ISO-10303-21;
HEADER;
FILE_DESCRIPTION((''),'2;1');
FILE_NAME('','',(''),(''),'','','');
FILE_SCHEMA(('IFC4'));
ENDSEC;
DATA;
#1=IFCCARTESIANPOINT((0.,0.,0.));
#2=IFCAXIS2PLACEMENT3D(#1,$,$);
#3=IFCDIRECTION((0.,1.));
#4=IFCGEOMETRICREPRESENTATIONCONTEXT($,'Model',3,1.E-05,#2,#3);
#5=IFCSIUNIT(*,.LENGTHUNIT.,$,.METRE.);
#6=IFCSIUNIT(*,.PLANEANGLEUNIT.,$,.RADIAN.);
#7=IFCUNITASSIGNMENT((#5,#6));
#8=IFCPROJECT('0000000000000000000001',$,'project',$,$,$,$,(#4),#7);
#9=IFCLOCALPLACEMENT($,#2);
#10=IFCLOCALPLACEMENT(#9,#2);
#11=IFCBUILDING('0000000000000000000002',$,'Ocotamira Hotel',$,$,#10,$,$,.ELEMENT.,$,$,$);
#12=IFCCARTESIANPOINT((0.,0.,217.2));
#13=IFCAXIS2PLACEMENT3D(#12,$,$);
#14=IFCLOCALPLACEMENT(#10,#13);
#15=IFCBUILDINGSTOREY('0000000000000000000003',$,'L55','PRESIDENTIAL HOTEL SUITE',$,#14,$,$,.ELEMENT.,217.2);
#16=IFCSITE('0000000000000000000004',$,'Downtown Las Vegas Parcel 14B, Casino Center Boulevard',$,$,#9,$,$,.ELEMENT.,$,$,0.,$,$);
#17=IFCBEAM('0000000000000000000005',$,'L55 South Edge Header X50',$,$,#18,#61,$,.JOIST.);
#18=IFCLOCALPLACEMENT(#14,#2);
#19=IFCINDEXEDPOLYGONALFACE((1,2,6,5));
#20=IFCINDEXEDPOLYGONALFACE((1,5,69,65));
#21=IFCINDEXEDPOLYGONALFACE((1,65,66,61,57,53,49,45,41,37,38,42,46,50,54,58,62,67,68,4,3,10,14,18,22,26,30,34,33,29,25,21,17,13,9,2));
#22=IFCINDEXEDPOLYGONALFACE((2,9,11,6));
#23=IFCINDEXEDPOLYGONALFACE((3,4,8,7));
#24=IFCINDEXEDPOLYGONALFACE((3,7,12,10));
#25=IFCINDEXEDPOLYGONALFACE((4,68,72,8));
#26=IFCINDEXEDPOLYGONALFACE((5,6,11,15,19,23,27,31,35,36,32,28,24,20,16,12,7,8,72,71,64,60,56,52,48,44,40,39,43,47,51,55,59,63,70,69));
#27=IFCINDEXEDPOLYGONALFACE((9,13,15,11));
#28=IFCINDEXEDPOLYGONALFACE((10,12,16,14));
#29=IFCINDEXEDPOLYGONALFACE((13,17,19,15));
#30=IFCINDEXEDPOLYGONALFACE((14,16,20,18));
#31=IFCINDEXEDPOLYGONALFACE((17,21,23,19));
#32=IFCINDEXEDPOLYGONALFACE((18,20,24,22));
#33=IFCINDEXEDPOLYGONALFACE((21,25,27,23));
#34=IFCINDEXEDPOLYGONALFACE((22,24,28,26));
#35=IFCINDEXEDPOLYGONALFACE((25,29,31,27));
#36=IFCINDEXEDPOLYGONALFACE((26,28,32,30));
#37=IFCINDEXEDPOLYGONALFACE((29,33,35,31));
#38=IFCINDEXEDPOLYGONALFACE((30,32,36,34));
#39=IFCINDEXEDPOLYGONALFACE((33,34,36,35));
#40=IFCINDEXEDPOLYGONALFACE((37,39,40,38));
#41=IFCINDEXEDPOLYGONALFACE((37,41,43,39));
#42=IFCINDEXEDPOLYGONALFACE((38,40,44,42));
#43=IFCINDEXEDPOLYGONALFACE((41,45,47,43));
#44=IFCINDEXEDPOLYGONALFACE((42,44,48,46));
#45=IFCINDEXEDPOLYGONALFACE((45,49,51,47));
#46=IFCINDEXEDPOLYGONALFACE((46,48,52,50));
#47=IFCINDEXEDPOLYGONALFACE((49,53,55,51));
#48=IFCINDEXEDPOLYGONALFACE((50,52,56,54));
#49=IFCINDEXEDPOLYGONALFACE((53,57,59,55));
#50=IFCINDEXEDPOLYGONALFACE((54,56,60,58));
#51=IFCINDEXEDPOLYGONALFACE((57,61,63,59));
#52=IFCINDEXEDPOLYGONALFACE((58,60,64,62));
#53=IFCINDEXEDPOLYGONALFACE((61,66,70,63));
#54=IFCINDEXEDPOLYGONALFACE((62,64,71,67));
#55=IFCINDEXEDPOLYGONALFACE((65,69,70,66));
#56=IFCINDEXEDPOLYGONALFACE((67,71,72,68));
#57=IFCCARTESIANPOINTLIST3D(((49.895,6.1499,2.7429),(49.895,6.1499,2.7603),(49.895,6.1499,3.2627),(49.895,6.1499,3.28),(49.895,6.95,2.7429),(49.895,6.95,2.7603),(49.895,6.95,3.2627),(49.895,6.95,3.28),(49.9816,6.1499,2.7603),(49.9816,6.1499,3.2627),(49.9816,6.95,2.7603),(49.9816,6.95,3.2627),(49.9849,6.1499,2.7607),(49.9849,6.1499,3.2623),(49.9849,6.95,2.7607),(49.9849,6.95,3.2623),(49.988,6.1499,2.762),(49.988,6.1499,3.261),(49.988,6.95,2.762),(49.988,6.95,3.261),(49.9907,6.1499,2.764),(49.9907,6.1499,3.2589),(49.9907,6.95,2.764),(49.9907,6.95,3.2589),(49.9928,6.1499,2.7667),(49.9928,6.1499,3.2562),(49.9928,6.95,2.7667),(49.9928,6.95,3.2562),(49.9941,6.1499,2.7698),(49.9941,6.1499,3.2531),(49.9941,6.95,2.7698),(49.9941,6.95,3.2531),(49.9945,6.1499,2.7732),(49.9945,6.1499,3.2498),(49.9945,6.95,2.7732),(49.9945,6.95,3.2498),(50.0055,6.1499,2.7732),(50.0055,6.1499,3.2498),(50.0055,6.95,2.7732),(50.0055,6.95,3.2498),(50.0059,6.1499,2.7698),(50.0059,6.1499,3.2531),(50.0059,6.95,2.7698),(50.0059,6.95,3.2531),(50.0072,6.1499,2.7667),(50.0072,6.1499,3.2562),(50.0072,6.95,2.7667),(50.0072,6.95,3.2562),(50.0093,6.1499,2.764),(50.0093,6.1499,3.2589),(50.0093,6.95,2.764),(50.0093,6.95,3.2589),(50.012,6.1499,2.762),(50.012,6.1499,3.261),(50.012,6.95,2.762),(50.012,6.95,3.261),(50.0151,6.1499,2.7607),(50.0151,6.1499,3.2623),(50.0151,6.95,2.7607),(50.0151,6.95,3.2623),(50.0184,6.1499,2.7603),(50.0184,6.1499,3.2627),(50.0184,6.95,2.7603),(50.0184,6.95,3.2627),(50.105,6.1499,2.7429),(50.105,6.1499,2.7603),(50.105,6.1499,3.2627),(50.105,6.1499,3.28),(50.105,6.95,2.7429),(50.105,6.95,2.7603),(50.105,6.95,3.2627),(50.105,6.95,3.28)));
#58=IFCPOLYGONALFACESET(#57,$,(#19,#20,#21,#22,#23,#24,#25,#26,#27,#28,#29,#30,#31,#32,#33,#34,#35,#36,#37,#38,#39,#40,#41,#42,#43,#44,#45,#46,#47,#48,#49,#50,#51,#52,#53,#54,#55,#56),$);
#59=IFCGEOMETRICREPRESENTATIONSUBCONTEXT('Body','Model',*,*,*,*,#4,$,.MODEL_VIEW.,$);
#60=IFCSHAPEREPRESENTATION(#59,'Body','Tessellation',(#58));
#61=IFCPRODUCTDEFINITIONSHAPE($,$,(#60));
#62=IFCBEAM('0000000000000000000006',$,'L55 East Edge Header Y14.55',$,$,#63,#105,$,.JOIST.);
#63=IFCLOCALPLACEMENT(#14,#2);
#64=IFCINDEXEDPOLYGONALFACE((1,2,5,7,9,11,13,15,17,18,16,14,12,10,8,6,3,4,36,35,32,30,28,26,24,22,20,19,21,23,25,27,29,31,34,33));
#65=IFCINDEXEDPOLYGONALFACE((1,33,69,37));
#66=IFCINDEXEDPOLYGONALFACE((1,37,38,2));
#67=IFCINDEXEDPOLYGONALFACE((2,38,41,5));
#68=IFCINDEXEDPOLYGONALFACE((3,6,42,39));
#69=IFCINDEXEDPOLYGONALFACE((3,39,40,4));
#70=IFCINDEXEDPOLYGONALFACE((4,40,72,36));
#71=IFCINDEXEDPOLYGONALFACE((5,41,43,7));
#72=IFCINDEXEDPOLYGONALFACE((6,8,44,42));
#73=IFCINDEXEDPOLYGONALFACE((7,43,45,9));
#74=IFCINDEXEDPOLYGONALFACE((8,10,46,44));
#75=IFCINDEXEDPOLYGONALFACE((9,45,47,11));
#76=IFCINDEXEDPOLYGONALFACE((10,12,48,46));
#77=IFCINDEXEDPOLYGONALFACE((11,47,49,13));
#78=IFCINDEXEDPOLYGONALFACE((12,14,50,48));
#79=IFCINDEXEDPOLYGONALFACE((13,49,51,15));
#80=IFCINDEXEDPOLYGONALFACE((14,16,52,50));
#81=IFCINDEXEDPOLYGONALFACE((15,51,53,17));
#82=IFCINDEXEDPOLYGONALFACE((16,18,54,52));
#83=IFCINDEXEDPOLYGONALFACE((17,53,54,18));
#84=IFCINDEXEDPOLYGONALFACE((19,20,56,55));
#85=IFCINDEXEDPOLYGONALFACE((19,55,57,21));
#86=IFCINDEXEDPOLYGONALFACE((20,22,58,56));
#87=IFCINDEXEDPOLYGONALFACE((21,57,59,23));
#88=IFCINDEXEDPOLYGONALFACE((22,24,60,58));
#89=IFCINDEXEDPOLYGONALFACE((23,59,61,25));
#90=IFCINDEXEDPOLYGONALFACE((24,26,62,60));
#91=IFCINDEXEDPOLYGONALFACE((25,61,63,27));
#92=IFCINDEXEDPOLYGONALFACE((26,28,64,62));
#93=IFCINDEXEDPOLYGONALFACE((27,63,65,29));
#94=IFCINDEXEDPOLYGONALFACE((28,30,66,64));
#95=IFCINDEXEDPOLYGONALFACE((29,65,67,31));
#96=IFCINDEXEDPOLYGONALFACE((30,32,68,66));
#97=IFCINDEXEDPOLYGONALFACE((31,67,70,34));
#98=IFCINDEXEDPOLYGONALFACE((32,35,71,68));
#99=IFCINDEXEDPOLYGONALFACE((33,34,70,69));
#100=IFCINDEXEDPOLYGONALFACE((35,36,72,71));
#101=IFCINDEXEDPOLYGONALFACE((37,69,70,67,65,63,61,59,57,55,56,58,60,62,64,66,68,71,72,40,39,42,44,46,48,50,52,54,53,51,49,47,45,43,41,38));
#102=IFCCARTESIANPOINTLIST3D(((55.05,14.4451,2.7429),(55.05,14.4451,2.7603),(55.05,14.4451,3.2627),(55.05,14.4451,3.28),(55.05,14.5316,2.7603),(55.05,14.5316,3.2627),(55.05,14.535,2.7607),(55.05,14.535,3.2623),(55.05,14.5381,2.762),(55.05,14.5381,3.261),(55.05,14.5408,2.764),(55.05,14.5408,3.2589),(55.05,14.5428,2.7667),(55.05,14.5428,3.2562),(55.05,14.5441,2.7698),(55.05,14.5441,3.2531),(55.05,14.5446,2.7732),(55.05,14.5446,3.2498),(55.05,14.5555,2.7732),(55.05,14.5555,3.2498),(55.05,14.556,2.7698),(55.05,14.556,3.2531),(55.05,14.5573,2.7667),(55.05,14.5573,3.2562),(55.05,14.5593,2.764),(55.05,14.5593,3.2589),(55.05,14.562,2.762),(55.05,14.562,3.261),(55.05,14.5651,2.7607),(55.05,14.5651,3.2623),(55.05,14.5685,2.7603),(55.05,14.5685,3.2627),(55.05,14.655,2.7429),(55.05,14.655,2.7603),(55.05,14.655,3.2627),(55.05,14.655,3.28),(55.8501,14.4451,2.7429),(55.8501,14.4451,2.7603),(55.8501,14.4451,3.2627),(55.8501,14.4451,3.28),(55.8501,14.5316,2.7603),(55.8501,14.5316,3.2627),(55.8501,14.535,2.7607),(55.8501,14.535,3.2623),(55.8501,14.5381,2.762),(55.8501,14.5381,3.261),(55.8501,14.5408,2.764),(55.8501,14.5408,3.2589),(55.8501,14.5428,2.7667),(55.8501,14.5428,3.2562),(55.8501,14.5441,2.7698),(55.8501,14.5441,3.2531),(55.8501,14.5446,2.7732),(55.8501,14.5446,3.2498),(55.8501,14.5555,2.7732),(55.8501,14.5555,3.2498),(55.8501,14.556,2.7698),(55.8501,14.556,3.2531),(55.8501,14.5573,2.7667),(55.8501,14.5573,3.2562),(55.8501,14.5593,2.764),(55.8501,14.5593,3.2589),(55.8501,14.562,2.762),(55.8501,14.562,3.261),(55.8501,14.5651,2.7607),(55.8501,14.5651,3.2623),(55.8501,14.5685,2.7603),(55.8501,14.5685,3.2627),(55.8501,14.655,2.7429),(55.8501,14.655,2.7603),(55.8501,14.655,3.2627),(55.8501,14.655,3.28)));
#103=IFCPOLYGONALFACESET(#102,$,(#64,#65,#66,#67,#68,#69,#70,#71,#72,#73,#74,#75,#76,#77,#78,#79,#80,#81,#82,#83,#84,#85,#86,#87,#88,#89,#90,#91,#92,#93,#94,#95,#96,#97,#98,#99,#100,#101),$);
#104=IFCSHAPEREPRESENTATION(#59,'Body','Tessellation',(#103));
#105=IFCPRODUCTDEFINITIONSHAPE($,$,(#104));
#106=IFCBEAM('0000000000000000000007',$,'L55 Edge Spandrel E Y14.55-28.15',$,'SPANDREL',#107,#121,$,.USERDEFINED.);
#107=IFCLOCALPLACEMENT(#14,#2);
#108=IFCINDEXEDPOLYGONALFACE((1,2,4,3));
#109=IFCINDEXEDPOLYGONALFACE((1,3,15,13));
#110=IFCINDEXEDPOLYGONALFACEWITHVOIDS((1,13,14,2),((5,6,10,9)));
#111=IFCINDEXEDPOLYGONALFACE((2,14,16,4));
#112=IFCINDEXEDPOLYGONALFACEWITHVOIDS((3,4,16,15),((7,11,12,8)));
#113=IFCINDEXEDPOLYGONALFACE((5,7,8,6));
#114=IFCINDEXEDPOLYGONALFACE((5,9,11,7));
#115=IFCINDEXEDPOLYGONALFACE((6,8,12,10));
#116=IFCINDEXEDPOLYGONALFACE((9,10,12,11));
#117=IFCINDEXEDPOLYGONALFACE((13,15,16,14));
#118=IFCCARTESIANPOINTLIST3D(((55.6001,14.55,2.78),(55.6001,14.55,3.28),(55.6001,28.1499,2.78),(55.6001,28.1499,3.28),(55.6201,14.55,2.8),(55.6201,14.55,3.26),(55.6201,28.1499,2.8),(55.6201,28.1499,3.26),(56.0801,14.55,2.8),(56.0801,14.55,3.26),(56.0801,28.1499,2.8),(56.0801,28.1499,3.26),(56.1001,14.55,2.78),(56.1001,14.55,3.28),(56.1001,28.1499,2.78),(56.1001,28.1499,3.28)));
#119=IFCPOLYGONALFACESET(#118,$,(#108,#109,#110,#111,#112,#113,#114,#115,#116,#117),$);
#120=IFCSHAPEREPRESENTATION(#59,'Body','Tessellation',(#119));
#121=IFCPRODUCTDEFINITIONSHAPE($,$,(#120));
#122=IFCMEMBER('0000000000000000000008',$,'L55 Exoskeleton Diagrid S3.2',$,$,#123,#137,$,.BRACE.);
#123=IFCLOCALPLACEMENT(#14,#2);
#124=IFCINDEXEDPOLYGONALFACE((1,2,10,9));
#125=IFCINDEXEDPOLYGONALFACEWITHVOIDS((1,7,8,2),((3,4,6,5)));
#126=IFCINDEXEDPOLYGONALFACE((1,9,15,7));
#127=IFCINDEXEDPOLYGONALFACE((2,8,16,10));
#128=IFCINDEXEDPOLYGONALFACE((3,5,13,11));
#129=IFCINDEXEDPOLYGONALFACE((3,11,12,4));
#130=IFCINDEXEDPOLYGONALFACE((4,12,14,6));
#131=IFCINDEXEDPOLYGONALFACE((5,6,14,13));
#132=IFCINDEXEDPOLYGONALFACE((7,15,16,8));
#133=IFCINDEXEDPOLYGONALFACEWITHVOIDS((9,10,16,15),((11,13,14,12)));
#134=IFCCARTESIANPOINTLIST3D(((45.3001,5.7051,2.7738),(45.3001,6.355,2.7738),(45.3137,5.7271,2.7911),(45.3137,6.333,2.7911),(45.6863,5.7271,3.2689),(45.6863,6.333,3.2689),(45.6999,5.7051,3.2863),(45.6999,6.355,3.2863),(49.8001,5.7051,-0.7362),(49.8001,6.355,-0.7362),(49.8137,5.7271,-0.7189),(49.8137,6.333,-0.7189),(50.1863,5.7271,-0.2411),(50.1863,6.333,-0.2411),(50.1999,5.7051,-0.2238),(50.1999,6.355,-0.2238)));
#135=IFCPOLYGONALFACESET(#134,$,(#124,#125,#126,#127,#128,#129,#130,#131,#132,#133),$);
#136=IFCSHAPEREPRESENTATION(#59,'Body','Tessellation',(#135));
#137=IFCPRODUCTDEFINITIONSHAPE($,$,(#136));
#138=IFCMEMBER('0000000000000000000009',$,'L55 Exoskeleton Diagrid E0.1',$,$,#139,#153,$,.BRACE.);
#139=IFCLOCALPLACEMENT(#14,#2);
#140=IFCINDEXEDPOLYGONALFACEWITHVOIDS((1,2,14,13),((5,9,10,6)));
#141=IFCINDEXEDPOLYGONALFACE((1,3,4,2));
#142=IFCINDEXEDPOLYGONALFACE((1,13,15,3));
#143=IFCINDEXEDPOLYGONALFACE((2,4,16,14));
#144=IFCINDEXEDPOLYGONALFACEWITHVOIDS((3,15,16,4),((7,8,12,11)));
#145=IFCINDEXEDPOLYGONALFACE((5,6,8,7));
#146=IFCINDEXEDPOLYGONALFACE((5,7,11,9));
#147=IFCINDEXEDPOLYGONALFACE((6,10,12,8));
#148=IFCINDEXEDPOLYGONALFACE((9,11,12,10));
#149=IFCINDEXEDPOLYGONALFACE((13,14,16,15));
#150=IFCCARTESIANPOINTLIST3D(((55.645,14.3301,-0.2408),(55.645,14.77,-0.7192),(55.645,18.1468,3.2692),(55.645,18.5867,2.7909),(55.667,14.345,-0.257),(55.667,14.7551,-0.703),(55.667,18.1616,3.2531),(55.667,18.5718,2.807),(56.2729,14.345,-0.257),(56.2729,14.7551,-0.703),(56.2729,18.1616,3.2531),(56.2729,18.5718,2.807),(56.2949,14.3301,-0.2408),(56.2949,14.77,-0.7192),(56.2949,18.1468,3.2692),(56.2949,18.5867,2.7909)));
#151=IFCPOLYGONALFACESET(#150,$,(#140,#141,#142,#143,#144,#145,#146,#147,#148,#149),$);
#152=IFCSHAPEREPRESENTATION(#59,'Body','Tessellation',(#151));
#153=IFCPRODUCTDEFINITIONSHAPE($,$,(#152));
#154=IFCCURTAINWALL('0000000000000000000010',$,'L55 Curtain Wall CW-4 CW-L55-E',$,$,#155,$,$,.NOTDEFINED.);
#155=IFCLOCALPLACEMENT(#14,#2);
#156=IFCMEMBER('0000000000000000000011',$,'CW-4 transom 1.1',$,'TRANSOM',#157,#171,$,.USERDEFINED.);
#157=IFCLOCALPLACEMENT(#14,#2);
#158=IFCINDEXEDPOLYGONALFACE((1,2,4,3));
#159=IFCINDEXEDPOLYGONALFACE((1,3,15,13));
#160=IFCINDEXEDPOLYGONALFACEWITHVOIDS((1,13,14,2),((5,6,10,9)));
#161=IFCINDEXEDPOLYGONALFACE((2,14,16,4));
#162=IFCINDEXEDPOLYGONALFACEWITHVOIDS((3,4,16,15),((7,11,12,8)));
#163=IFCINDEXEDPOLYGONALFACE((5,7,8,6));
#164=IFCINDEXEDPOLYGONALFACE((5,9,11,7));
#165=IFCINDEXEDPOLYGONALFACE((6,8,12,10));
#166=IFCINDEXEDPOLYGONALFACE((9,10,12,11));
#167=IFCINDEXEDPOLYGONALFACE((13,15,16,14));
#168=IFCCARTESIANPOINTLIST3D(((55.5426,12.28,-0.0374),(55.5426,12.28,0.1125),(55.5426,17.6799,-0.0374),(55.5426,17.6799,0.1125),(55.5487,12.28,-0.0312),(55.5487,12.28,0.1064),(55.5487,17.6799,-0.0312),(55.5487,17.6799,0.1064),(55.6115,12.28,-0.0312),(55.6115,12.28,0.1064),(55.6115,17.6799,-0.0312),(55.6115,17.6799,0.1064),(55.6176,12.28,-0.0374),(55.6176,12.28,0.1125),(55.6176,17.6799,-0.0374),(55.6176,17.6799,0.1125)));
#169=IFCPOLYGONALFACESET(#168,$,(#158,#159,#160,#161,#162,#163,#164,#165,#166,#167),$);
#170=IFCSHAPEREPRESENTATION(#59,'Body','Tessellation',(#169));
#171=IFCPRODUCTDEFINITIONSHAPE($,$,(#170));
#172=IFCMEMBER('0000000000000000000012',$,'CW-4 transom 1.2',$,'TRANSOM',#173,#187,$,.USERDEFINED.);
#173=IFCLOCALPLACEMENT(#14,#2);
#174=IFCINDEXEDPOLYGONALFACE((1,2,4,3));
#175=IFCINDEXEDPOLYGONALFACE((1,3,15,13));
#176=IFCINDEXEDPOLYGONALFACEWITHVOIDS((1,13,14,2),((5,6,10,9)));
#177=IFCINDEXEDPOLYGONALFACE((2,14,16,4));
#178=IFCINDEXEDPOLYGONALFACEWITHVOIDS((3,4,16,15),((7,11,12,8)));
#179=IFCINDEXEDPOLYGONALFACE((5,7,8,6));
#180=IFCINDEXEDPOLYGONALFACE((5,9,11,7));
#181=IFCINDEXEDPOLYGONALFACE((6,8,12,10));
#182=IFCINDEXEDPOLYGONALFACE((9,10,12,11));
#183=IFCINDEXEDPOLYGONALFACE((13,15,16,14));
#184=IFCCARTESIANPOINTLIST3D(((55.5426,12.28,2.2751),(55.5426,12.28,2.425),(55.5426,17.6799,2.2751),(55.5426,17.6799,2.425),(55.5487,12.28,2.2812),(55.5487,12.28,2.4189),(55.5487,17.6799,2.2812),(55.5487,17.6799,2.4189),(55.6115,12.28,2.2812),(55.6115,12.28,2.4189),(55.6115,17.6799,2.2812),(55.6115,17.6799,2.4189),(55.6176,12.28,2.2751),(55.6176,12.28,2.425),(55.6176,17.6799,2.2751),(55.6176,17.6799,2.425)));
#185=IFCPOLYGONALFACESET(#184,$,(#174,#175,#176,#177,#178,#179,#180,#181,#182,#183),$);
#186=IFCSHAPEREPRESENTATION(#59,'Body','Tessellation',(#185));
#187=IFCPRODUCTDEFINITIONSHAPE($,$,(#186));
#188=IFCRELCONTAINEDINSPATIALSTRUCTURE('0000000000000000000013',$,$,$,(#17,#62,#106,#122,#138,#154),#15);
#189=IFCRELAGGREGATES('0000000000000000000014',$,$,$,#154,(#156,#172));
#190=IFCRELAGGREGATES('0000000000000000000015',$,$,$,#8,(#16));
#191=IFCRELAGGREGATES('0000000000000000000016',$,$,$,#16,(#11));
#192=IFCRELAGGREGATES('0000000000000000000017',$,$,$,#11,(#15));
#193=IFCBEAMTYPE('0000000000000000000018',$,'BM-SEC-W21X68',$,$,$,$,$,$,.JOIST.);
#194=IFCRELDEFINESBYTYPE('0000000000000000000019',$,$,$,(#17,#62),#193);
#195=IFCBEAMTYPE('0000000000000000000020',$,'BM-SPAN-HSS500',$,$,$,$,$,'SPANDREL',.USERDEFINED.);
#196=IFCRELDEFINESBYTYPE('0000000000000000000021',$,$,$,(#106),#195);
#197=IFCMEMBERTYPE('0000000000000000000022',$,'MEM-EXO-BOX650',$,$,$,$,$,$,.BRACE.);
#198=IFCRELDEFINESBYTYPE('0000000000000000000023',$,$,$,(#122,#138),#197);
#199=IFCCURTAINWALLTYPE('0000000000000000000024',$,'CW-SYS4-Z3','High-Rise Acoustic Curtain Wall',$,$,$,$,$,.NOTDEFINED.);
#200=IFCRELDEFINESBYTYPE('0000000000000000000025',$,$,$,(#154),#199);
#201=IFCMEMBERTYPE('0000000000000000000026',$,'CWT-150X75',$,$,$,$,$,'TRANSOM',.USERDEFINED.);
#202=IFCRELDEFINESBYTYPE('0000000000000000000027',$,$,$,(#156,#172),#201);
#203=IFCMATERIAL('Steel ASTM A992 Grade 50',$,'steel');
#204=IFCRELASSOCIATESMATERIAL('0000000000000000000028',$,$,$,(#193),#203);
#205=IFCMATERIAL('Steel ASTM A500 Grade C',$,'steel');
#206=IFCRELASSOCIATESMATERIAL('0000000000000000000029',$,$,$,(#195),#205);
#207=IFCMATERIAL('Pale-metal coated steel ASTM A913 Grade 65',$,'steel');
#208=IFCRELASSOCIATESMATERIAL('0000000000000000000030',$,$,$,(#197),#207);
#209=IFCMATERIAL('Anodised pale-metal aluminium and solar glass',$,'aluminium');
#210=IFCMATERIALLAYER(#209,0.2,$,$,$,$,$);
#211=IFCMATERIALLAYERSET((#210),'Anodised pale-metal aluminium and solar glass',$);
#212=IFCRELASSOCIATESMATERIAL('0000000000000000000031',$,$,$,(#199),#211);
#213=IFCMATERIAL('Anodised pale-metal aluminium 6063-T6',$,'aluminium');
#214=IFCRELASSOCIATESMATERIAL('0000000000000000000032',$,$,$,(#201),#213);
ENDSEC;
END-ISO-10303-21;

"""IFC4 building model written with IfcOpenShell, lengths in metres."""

from ifc_helpers import new_model, si_unit, direction, frame, origin, origin_2d, place, context, subcontext, project, spatial, hollow_rectangle, i_section, extrude, source, transform, mapped, material, layer, layer_set, material_profile, profile_set, type_object, element, aggregate, save


model = new_model("IFC4")

# Units and contexts
model_context = context("Model", 3, precision=1e-05, world=origin(), true_north=direction((0.0, 1.0)))
body_context = subcontext(model_context, "Body", "Model", "MODEL_VIEW")
ifc_project = project(units=[si_unit("LENGTHUNIT", "METRE"), si_unit("PLANEANGLEUNIT", "RADIAN")], contexts=[model_context])

# Site, building, storey
site_placement = place(None, origin())
site = spatial("IfcSite", under=ifc_project, at=site_placement, Name="Downtown Las Vegas Parcel 14B, Casino Center Boulevard", CompositionType="ELEMENT", RefElevation=0.0)
building_placement = place(site_placement, origin())
building = spatial("IfcBuilding", under=site, at=building_placement, Name="Ocotamira Hotel", CompositionType="ELEMENT")
storey_placement = place(building_placement, frame((0.0, 0.0, 217.2)))
storey = spatial("IfcBuildingStorey", under=building, at=storey_placement, Name="L55", Description="PRESIDENTIAL HOTEL SUITE", CompositionType="ELEMENT", Elevation=217.2)

# Beams
ifc_material_1 = material(Name="Steel ASTM A992 Grade 50", Category="steel")
ifc_material_profile_1 = material_profile(ifc_material_1, i_section(OverallWidth=0.21, OverallDepth=0.5371, WebThickness=0.011, FlangeThickness=0.0173, FilletRadius=0.0129, at=origin_2d()), Name="W21X68")
ifc_profile_set_1 = profile_set([ifc_material_profile_1], Name="Steel ASTM A992 Grade 50")
beam_type_1 = type_object("IfcBeamType", Name="BM-SEC-W21X68", PredefinedType="JOIST", material=ifc_profile_set_1)
shared_shape_1 = source(origin(), body_context, "Body", "SweptSolid", [
    extrude(i_section(OverallWidth=0.21, OverallDepth=0.5371, WebThickness=0.011, FlangeThickness=0.0173, FilletRadius=0.0129, at=origin_2d()), origin(), (0.0, 0.0, 1.0), 0.8),
])
for number, where, z_axis, x_axis, name in (
    (1, (50.0, 6.95, 3.0115), (0.0, -1.0, 0.0), (1.0, 0.0, 0.0), "L55 South Edge Header X50"),
    (2, (55.05, 14.55, 3.0115), (1.0, 0.0, 0.0), (0.0, 1.0, 0.0), "L55 East Edge Header Y14.55"),
):
    element("IfcBeam", number, at=place(storey_placement, frame(where, z_axis=z_axis, x_axis=x_axis)), inside=storey, type_object=beam_type_1, Name=name, PredefinedType="JOIST", context=body_context, shape_type="MappedRepresentation", body=[
        mapped(shared_shape_1, transform((0.0, 0.0, 0.0), scale=1.0)),
    ])
ifc_material_2 = material(Name="Steel ASTM A500 Grade C", Category="steel")
ifc_material_profile_2 = material_profile(ifc_material_2, hollow_rectangle(XDim=0.5, YDim=0.5, WallThickness=0.02, at=origin_2d()), Name="HSS500X500X20")
ifc_profile_set_2 = profile_set([ifc_material_profile_2], Name="Steel ASTM A500 Grade C")
beam_type_2 = type_object("IfcBeamType", Name="BM-SPAN-HSS500", ElementType="SPANDREL", PredefinedType="USERDEFINED", material=ifc_profile_set_2)
shared_shape_2 = source(origin(), body_context, "Body", "SweptSolid", [
    extrude(hollow_rectangle(XDim=0.5, YDim=0.5, WallThickness=0.02, at=origin_2d()), origin(), (0.0, 0.0, 1.0), 13.5999),
])
beam_1_placement = place(storey_placement, frame((55.8501, 14.55, 3.03), z_axis=(0.0, 1.0, 0.0), x_axis=(-1.0, 0.0, 0.0)))
element("IfcBeam", 3, at=beam_1_placement, inside=storey, type_object=beam_type_2, Name="L55 Edge Spandrel E Y14.55-28.15", ObjectType="SPANDREL", PredefinedType="USERDEFINED", context=body_context, shape_type="MappedRepresentation", body=[
    mapped(shared_shape_2, transform((0.0, 0.0, 0.0), scale=1.0)),
])

# Members
ifc_material_3 = material(Name="Pale-metal coated steel ASTM A913 Grade 65", Category="steel")
ifc_material_profile_3 = material_profile(ifc_material_3, hollow_rectangle(XDim=0.6499, YDim=0.6499, WallThickness=0.022, at=origin_2d()), Name="BOX650X650X22")
ifc_profile_set_3 = profile_set([ifc_material_profile_3], Name="Pale-metal coated steel ASTM A913 Grade 65")
member_type_1 = type_object("IfcMemberType", Name="MEM-EXO-BOX650", PredefinedType="BRACE", material=ifc_profile_set_3)
shared_shape_3 = source(origin(), body_context, "Body", "SweptSolid", [
    extrude(hollow_rectangle(XDim=0.6499, YDim=0.6499, WallThickness=0.022, at=origin_2d()), origin(), (0.0, 0.0, 1.0), 5.707),
])
member_1_placement = place(storey_placement, frame((50.0, 6.03, -0.48), z_axis=(-0.788501, 0.0, 0.615033), x_axis=(0.0, -1.0, 0.0)))
element("IfcMember", 4, at=member_1_placement, inside=storey, type_object=member_type_1, Name="L55 Exoskeleton Diagrid S3.2", PredefinedType="BRACE", context=body_context, shape_type="MappedRepresentation", body=[
    mapped(shared_shape_3, transform((0.0, 0.0, 0.0), scale=1.0)),
])
shared_shape_4 = source(origin(), body_context, "Body", "SweptSolid", [
    extrude(hollow_rectangle(XDim=0.6499, YDim=0.6499, WallThickness=0.022, at=origin_2d()), origin(), (0.0, 0.0, 1.0), 5.1853),
])
member_2_placement = place(storey_placement, frame((55.97, 14.55, -0.48), z_axis=(0.0, 0.736057, 0.67692), x_axis=(-1.0, 0.0, 0.0)))
element("IfcMember", 5, at=member_2_placement, inside=storey, type_object=member_type_1, Name="L55 Exoskeleton Diagrid E0.1", PredefinedType="BRACE", context=body_context, shape_type="MappedRepresentation", body=[
    mapped(shared_shape_4, transform((0.0, 0.0, 0.0), scale=1.0)),
])

# Curtain wall, members
ifc_material_4 = material(Name="Anodised pale-metal aluminium and solar glass", Category="aluminium")
ifc_layer_1 = layer(ifc_material_4, 0.2)
ifc_layer_set_1 = layer_set([ifc_layer_1], Name="Anodised pale-metal aluminium and solar glass")
curtain_wall_type = type_object("IfcCurtainWallType", Name="CW-SYS4-Z3", Description="High-Rise Acoustic Curtain Wall", PredefinedType="NOTDEFINED", material=ifc_layer_set_1)
curtain_wall_1_placement = place(storey_placement, origin())
curtain_wall_1 = element("IfcCurtainWall", 6, at=curtain_wall_1_placement, inside=storey, type_object=curtain_wall_type, Name="L55 Curtain Wall CW-4 CW-L55-E", PredefinedType="NOTDEFINED")
ifc_material_5 = material(Name="Anodised pale-metal aluminium 6063-T6", Category="aluminium")
ifc_material_profile_4 = material_profile(ifc_material_5, hollow_rectangle(XDim=0.075, YDim=0.1499, WallThickness=0.0061, at=origin_2d()), Name="HSS150X75X6")
ifc_profile_set_4 = profile_set([ifc_material_profile_4], Name="Anodised pale-metal aluminium 6063-T6")
member_type_2 = type_object("IfcMemberType", Name="CWT-150X75", ElementType="TRANSOM", PredefinedType="USERDEFINED", material=ifc_profile_set_4)
shared_shape_5 = source(origin(), body_context, "Body", "SweptSolid", [
    extrude(hollow_rectangle(XDim=0.075, YDim=0.1499, WallThickness=0.0061, at=origin_2d()), origin(), (0.0, 0.0, 1.0), 5.3999),
])
member_3_placement = place(storey_placement, frame((55.5801, 12.28, 0.0376), z_axis=(0.0, 1.0, 0.0), x_axis=(-1.0, 0.0, 0.0)))
member_3 = element("IfcMember", 7, at=member_3_placement, type_object=member_type_2, Name="CW-4 transom 1.1", ObjectType="TRANSOM", PredefinedType="USERDEFINED", context=body_context, shape_type="MappedRepresentation", body=[
    mapped(shared_shape_5, transform((0.0, 0.0, 0.0), scale=1.0)),
])
member_4_placement = place(storey_placement, frame((55.5801, 12.28, 2.3501), z_axis=(0.0, 1.0, 0.0), x_axis=(-1.0, 0.0, 0.0)))
member_4 = element("IfcMember", 8, at=member_4_placement, type_object=member_type_2, Name="CW-4 transom 1.2", ObjectType="TRANSOM", PredefinedType="USERDEFINED", context=body_context, shape_type="MappedRepresentation", body=[
    mapped(shared_shape_5, transform((0.0, 0.0, 0.0), scale=1.0)),
])

aggregate(curtain_wall_1, [member_3, member_4])

save(model, "model.ifc")
